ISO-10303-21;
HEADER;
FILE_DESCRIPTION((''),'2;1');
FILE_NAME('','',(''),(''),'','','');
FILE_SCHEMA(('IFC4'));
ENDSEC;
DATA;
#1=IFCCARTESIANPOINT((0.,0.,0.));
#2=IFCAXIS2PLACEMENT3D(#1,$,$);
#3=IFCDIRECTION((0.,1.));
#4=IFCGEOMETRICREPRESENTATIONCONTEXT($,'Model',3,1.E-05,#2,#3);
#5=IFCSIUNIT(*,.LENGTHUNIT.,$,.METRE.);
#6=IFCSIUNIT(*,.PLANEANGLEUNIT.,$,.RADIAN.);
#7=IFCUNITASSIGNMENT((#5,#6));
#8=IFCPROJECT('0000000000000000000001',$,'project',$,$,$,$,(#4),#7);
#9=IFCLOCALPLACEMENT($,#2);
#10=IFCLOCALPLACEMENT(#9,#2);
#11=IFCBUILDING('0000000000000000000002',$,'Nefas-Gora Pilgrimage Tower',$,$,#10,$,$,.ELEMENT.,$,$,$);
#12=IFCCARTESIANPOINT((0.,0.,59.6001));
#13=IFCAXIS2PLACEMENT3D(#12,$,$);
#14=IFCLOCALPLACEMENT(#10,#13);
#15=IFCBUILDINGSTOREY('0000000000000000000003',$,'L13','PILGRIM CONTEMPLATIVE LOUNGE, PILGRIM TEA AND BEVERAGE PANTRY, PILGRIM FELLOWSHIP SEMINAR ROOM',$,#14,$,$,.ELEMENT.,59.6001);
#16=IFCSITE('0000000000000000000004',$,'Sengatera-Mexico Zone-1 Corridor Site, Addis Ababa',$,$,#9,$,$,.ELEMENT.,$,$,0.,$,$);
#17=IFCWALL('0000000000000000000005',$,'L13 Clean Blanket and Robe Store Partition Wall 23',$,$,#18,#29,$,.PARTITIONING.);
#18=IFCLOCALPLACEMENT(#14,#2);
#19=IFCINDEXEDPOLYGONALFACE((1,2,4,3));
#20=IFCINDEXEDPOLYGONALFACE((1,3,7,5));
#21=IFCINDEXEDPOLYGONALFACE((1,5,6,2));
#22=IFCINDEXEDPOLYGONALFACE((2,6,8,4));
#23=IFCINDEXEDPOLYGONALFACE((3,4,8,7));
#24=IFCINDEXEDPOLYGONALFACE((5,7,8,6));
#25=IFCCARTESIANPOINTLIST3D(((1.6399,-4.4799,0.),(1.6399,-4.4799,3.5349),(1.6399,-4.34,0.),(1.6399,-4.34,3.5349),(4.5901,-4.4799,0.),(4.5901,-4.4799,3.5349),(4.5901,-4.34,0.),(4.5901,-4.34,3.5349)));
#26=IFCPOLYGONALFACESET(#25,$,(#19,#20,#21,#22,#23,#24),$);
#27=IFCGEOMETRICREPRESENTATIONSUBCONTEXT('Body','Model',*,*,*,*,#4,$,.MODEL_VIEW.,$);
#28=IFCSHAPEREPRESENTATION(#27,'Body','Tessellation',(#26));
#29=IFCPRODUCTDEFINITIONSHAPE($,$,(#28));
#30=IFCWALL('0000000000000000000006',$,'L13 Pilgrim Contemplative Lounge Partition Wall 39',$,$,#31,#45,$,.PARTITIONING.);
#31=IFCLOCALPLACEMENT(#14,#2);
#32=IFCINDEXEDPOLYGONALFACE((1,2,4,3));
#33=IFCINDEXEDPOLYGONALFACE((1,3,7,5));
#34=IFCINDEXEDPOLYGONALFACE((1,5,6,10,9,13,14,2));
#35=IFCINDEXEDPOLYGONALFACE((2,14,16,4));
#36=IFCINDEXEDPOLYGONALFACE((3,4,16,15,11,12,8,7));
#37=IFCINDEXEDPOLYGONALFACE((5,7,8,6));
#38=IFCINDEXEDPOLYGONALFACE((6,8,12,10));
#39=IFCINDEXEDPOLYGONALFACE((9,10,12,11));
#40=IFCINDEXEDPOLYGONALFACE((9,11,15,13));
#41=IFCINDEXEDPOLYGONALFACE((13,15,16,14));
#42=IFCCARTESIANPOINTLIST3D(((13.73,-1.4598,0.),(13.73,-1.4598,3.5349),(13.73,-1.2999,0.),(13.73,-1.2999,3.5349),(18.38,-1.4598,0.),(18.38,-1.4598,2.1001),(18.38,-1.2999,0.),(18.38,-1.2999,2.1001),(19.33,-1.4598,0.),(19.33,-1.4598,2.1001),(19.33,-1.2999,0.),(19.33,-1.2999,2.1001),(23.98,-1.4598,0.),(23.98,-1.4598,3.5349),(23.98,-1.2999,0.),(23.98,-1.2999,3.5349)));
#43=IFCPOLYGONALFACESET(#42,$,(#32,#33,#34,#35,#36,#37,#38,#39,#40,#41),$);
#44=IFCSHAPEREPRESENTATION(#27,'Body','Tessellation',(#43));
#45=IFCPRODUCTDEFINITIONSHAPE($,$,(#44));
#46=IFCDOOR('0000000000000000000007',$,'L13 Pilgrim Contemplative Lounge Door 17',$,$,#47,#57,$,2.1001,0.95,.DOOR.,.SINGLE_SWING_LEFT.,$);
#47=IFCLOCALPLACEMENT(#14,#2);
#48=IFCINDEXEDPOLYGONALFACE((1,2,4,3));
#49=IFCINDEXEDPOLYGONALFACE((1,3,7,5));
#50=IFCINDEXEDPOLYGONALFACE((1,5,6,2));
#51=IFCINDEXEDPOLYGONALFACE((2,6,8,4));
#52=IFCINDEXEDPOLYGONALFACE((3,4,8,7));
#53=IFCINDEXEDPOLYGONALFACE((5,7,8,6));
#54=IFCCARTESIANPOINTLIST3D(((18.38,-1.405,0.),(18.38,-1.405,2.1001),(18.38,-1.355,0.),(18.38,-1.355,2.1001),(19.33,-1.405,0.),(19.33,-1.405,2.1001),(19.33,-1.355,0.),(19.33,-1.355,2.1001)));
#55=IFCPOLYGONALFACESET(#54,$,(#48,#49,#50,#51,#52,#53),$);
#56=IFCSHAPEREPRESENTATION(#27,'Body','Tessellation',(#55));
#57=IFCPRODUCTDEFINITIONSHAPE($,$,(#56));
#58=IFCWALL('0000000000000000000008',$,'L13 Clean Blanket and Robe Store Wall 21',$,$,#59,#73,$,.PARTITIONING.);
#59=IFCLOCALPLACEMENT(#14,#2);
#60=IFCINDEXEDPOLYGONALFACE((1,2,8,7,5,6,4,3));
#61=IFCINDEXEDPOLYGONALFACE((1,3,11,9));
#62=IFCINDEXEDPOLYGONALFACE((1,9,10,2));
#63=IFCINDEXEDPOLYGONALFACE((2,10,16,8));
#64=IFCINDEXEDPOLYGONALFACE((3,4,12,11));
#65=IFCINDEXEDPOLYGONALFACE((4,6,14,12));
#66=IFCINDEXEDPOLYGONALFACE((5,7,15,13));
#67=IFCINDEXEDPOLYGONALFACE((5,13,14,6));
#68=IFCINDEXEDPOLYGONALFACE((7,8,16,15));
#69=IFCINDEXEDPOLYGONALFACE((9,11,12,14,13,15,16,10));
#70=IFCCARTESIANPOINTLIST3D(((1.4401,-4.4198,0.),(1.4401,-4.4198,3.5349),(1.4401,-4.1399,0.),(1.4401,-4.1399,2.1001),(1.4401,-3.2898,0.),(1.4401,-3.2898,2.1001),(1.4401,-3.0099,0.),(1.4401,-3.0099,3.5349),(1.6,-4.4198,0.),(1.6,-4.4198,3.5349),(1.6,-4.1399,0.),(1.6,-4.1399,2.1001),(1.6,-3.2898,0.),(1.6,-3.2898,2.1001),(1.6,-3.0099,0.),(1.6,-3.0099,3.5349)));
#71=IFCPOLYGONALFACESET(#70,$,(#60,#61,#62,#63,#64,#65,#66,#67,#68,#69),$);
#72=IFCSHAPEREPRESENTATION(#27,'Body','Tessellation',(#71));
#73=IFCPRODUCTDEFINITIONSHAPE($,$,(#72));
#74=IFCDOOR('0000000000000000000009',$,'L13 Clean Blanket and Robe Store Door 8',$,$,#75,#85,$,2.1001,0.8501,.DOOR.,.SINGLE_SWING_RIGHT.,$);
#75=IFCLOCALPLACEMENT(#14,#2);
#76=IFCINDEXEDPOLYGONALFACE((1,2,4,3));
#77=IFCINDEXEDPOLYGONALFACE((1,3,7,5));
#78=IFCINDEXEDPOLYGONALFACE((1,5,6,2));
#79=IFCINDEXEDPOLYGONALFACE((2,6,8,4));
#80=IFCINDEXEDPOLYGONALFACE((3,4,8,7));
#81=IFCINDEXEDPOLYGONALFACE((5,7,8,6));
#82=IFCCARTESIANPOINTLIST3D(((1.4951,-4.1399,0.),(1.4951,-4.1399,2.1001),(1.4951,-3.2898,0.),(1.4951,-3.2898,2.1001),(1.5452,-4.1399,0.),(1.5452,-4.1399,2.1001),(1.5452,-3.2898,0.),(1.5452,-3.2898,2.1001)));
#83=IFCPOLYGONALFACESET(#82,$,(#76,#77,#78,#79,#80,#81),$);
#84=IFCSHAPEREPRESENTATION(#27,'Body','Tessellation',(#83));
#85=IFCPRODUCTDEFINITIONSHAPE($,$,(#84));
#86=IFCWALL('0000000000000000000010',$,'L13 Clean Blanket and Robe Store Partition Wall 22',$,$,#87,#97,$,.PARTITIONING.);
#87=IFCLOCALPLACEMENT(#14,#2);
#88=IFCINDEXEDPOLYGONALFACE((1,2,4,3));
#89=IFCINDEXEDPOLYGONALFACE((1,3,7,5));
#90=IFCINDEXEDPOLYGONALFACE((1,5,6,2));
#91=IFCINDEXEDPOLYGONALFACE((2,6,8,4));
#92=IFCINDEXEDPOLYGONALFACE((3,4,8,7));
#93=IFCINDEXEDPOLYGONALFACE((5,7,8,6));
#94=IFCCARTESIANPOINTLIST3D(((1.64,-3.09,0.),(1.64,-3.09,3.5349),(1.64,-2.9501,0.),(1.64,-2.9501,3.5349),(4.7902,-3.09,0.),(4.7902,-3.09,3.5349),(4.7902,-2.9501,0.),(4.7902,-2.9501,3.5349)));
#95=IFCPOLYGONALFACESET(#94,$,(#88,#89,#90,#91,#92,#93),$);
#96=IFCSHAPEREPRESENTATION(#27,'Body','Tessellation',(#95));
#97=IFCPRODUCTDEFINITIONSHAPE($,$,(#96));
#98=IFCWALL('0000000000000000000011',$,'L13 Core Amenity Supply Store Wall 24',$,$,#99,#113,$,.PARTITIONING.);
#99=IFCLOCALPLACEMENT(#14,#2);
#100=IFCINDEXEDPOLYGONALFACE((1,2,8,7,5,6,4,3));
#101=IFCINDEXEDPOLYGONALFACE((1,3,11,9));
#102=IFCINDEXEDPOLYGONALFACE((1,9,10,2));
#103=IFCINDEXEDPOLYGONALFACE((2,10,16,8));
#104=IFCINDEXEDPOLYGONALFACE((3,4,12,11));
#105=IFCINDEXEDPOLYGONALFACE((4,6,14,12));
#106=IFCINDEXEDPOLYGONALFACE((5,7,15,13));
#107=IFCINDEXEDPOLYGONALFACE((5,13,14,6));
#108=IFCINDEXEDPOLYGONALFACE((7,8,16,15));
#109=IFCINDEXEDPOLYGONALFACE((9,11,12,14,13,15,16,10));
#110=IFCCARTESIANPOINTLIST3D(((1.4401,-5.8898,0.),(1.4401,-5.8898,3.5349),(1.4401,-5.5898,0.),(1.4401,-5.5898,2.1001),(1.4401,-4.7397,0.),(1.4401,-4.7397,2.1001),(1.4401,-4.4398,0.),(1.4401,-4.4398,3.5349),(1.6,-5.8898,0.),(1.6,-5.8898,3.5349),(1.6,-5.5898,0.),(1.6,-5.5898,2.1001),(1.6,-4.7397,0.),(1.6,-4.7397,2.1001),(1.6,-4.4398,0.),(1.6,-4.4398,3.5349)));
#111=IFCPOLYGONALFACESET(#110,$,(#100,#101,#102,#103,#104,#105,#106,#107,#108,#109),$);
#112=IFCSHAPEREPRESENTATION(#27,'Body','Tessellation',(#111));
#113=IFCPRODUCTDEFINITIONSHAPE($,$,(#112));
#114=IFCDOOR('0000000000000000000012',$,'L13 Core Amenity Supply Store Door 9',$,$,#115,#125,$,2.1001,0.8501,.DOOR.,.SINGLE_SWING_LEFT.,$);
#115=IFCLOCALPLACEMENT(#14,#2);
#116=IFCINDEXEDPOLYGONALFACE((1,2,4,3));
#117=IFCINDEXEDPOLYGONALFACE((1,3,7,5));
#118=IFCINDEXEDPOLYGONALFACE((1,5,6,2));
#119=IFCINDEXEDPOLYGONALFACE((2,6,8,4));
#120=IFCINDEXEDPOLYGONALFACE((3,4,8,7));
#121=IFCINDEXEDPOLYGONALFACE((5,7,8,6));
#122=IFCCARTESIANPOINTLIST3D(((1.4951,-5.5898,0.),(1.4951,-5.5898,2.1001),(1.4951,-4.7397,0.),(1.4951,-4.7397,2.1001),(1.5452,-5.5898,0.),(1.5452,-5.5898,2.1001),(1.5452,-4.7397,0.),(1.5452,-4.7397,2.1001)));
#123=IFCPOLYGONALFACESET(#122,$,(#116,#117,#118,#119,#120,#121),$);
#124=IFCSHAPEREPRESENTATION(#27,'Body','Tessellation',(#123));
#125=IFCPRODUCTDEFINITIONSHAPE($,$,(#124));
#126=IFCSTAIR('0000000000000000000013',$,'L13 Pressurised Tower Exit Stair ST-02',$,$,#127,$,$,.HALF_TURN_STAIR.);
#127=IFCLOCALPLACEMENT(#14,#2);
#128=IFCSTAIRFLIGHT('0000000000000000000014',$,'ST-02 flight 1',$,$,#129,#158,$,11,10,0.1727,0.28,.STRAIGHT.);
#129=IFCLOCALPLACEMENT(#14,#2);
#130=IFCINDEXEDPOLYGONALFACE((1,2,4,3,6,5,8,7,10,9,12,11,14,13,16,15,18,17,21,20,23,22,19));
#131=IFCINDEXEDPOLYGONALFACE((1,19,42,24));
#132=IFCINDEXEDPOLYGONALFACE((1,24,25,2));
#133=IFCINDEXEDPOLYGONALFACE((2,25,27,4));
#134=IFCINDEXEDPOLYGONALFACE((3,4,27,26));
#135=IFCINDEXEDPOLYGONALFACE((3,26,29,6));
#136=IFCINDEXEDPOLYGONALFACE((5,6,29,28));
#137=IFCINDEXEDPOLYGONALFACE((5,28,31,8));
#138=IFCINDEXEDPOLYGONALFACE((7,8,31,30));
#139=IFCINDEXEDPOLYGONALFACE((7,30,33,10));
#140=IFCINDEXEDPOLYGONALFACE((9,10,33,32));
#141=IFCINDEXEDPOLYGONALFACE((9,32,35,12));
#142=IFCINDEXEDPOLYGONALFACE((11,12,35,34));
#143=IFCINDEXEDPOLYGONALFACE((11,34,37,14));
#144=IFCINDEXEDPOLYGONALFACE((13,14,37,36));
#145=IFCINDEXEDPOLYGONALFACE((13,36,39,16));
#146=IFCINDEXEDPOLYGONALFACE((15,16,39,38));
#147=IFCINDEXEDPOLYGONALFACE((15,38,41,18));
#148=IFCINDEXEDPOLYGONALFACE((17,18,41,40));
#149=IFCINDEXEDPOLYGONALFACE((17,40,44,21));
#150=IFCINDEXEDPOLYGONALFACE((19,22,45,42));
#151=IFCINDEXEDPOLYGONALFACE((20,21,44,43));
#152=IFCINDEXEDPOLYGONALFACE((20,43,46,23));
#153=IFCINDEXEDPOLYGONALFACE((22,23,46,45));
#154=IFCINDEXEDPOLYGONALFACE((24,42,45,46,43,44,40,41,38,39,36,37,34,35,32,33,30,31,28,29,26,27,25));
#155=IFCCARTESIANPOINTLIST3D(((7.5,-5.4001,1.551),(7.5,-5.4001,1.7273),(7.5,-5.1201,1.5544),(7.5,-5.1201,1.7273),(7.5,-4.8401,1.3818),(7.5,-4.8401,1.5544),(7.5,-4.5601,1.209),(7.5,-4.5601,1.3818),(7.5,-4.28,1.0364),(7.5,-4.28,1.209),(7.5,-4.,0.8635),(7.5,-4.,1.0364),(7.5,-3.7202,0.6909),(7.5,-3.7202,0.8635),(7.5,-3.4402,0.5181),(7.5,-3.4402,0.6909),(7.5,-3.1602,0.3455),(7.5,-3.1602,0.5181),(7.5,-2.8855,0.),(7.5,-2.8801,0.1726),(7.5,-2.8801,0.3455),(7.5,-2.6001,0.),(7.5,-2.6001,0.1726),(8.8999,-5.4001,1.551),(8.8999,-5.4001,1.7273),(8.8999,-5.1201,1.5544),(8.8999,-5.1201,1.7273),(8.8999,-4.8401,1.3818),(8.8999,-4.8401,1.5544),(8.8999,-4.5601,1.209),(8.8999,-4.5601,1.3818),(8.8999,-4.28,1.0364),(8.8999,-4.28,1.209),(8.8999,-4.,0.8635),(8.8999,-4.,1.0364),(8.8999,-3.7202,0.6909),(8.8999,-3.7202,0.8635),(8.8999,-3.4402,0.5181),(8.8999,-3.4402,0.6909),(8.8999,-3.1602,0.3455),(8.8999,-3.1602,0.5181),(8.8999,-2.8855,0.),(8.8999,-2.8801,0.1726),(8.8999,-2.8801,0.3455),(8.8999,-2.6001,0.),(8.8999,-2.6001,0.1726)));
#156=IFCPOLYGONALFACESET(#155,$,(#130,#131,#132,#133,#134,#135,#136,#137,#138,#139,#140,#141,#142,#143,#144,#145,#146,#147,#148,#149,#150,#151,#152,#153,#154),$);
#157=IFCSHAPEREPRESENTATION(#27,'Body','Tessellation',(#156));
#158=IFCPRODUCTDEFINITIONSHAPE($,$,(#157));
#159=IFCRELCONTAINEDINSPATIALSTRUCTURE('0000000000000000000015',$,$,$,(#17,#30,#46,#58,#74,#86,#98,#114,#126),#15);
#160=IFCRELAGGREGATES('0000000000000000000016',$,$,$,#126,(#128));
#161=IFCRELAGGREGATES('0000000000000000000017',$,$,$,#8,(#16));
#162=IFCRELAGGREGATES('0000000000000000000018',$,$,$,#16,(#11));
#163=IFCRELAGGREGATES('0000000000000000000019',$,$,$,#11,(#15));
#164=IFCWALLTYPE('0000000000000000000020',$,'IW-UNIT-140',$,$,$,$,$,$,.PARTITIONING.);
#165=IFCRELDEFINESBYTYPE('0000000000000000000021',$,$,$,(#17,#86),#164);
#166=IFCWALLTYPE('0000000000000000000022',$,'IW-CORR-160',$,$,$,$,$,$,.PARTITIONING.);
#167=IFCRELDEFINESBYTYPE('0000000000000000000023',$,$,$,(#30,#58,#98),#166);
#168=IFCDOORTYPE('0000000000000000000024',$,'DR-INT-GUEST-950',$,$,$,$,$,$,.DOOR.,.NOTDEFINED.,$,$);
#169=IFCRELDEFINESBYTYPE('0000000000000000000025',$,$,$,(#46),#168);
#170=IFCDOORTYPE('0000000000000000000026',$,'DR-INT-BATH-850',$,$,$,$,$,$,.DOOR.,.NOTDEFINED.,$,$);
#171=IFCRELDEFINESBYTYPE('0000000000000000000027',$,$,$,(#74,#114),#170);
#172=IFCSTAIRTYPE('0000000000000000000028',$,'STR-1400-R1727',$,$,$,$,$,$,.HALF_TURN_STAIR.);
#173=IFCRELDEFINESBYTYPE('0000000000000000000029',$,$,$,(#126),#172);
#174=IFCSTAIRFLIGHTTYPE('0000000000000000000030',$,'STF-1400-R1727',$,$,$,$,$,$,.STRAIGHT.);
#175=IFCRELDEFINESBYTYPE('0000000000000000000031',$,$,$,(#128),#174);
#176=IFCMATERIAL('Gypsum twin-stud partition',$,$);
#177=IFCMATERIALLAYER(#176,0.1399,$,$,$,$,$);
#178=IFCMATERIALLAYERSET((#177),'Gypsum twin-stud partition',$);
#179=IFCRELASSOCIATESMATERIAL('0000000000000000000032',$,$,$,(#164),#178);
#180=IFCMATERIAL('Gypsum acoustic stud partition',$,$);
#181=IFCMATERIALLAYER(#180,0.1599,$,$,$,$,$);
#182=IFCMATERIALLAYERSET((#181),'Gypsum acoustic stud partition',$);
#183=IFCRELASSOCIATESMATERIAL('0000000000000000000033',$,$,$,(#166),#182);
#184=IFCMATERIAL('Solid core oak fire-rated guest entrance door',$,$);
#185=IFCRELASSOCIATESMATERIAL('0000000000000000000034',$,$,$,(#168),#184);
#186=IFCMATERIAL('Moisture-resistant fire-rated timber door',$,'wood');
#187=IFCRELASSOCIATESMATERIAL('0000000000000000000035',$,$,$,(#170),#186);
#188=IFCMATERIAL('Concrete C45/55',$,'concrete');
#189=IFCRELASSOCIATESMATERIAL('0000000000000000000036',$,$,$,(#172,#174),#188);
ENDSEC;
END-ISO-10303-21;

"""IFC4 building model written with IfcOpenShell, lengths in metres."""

from ifc_helpers import new_model, si_unit, direction, frame, frame_2d, origin, place, context, subcontext, project, spatial, polyline, rectangle, outline, extrude, source, transform, mapped, material, layer, layer_set, type_object, element, fill, aggregate, save


model = new_model("IFC4")

# Units and contexts
model_context = context("Model", 3, precision=1e-05, world=origin(), true_north=direction((0.0, 1.0)))
body_context = subcontext(model_context, "Body", "Model", "MODEL_VIEW")
ifc_project = project(units=[si_unit("LENGTHUNIT", "METRE"), si_unit("PLANEANGLEUNIT", "RADIAN")], contexts=[model_context])

# Site, building, storey
site_placement = place(None, origin())
site = spatial("IfcSite", under=ifc_project, at=site_placement, Name="Sengatera-Mexico Zone-1 Corridor Site, Addis Ababa", CompositionType="ELEMENT", RefElevation=0.0)
building_placement = place(site_placement, origin())
building = spatial("IfcBuilding", under=site, at=building_placement, Name="Nefas-Gora Pilgrimage Tower", CompositionType="ELEMENT")
storey_placement = place(building_placement, frame((0.0, 0.0, 59.6001)))
storey = spatial("IfcBuildingStorey", under=building, at=storey_placement, Name="L13", Description="PILGRIM CONTEMPLATIVE LOUNGE, PILGRIM TEA AND BEVERAGE PANTRY, PILGRIM FELLOWSHIP SEMINAR ROOM", CompositionType="ELEMENT", Elevation=59.6001)

# Shared definitions
ifc_material_1 = material(Name="Concrete C45/55", Category="concrete")

# Wall
ifc_material_2 = material(Name="Gypsum twin-stud partition")
ifc_layer_1 = layer(ifc_material_2, 0.1399)
ifc_layer_set_1 = layer_set([ifc_layer_1], Name="Gypsum twin-stud partition")
wall_type_1 = type_object("IfcWallType", Name="IW-UNIT-140", PredefinedType="PARTITIONING", material=ifc_layer_set_1)
ifc_material_3 = material(Name="Gypsum acoustic stud partition")
ifc_layer_2 = layer(ifc_material_3, 0.1599)
ifc_layer_set_2 = layer_set([ifc_layer_2], Name="Gypsum acoustic stud partition")
wall_type_2 = type_object("IfcWallType", Name="IW-CORR-160", PredefinedType="PARTITIONING", material=ifc_layer_set_2)
shared_shape_1 = source(origin(), body_context, "Body", "SweptSolid", [
    extrude(rectangle(XDim=2.9502, YDim=0.1399, at=frame_2d((1.4751, 0.0))), origin(), (0.0, 0.0, 1.0), 3.5349),
])
wall_1_placement = place(storey_placement, frame((1.6399, -4.4099, 0.0), z_axis=(0.0, 0.0, 1.0), x_axis=(1.0, 0.0, 0.0)))
element("IfcWall", 1, at=wall_1_placement, inside=storey, type_object=wall_type_1, Name="L13 Clean Blanket and Robe Store Partition Wall 23", PredefinedType="PARTITIONING", context=body_context, shape_type="MappedRepresentation", body=[
    mapped(shared_shape_1, transform((0.0, 0.0, 0.0), x_axis=(1.0, 0.0, 0.0), y_axis=(0.0, 1.0, 0.0), z_axis=(0.0, 0.0, 1.0), scale=1.0)),
])

# Walls, openings, doors
shared_shape_2 = source(origin(), body_context, "Body", "SweptSolid", [
    extrude(rectangle(XDim=10.25, YDim=0.1599, at=frame_2d((5.125, 0.0))), origin(), (0.0, 0.0, 1.0), 3.5349),
])
wall_2_placement = place(storey_placement, frame((13.73, -1.3799, 0.0), z_axis=(0.0, 0.0, 1.0), x_axis=(1.0, 0.0, 0.0)))
wall_2 = element("IfcWall", 2, at=wall_2_placement, inside=storey, type_object=wall_type_2, Name="L13 Pilgrim Contemplative Lounge Partition Wall 39", PredefinedType="PARTITIONING", context=body_context, shape_type="MappedRepresentation", body=[
    mapped(shared_shape_2, transform((0.0, 0.0, 0.0), x_axis=(1.0, 0.0, 0.0), y_axis=(0.0, 1.0, 0.0), z_axis=(0.0, 0.0, 1.0), scale=1.0)),
])
opening_1_placement = place(wall_2_placement, frame((4.6499, 0.0, 0.0)))
opening_1 = element("IfcOpeningElement", 3, at=opening_1_placement, cuts=wall_2, PredefinedType="OPENING", context=body_context, shape_type="SweptSolid", body=[
    extrude(rectangle(XDim=0.95, YDim=2.1001, at=frame_2d((0.4751, 1.05))), frame((0.0, 0.0898, 0.0), z_axis=(0.0, -1.0, 0.0), x_axis=(1.0, 0.0, 0.0)), (0.0, 0.0, 1.0), 0.1799),
])
ifc_material_4 = material(Name="Solid core oak fire-rated guest entrance door")
door_type_1 = type_object("IfcDoorType", Name="DR-INT-GUEST-950", OperationType="NOTDEFINED", PredefinedType="DOOR", material=ifc_material_4)
shared_shape_3 = source(origin(), body_context, "Body", "SweptSolid", [
    extrude(rectangle(XDim=0.95, YDim=2.1001, at=frame_2d((0.4751, 1.05))), frame((0.0, 0.0249, 0.0), z_axis=(0.0, -1.0, 0.0), x_axis=(1.0, 0.0, 0.0)), (0.0, 0.0, 1.0), 0.05),
])
door_1_placement = place(opening_1_placement, origin())
door_1 = element("IfcDoor", 4, at=door_1_placement, inside=storey, type_object=door_type_1, Name="L13 Pilgrim Contemplative Lounge Door 17", OperationType="SINGLE_SWING_LEFT", OverallHeight=2.1001, OverallWidth=0.95, PredefinedType="DOOR", context=body_context, shape_type="MappedRepresentation", body=[
    mapped(shared_shape_3, transform((0.0, 0.0, 0.0), x_axis=(1.0, 0.0, 0.0), y_axis=(0.0, 1.0, 0.0), z_axis=(0.0, 0.0, 1.0), scale=1.0)),
])
fill(opening_1, door_1)
shared_shape_4 = source(origin(), body_context, "Body", "SweptSolid", [
    extrude(rectangle(XDim=1.4099, YDim=0.1599, at=frame_2d((0.7051, 0.0))), origin(), (0.0, 0.0, 1.0), 3.5349),
])
wall_3_placement = place(storey_placement, frame((1.52, -4.4199, 0.0), z_axis=(0.0, 0.0, 1.0), x_axis=(0.0, 1.0, 0.0)))
wall_3 = element("IfcWall", 5, at=wall_3_placement, inside=storey, type_object=wall_type_2, Name="L13 Clean Blanket and Robe Store Wall 21", PredefinedType="PARTITIONING", context=body_context, shape_type="MappedRepresentation", body=[
    mapped(shared_shape_4, transform((0.0, 0.0, 0.0), x_axis=(1.0, 0.0, 0.0), y_axis=(0.0, 1.0, 0.0), z_axis=(0.0, 0.0, 1.0), scale=1.0)),
])
opening_2_placement = place(wall_3_placement, frame((0.28, 0.0, 0.0)))
opening_2 = element("IfcOpeningElement", 6, at=opening_2_placement, cuts=wall_3, PredefinedType="OPENING", context=body_context, shape_type="SweptSolid", body=[
    extrude(rectangle(XDim=0.8501, YDim=2.1001, at=frame_2d((0.425, 1.05))), frame((0.0, 0.0898, 0.0), z_axis=(0.0, -1.0, 0.0), x_axis=(1.0, 0.0, 0.0)), (0.0, 0.0, 1.0), 0.1799),
])
ifc_material_5 = material(Name="Moisture-resistant fire-rated timber door", Category="wood")
door_type_2 = type_object("IfcDoorType", Name="DR-INT-BATH-850", OperationType="NOTDEFINED", PredefinedType="DOOR", material=ifc_material_5)
shared_shape_5 = source(origin(), body_context, "Body", "SweptSolid", [
    extrude(rectangle(XDim=0.8501, YDim=2.1001, at=frame_2d((0.425, 1.05))), frame((0.0, 0.0249, 0.0), z_axis=(0.0, -1.0, 0.0), x_axis=(1.0, 0.0, 0.0)), (0.0, 0.0, 1.0), 0.05),
])
door_2_placement = place(opening_2_placement, origin())
door_2 = element("IfcDoor", 7, at=door_2_placement, inside=storey, type_object=door_type_2, Name="L13 Clean Blanket and Robe Store Door 8", OperationType="SINGLE_SWING_RIGHT", OverallHeight=2.1001, OverallWidth=0.8501, PredefinedType="DOOR", context=body_context, shape_type="MappedRepresentation", body=[
    mapped(shared_shape_5, transform((0.0, 0.0, 0.0), x_axis=(1.0, 0.0, 0.0), y_axis=(0.0, 1.0, 0.0), z_axis=(0.0, 0.0, 1.0), scale=1.0)),
])
fill(opening_2, door_2)

# Wall
shared_shape_6 = source(origin(), body_context, "Body", "SweptSolid", [
    extrude(rectangle(XDim=3.1501, YDim=0.1399, at=frame_2d((1.5752, 0.0))), origin(), (0.0, 0.0, 1.0), 3.5349),
])
wall_4_placement = place(storey_placement, frame((1.6399, -3.02, 0.0), z_axis=(0.0, 0.0, 1.0), x_axis=(1.0, 0.0, 0.0)))
element("IfcWall", 8, at=wall_4_placement, inside=storey, type_object=wall_type_1, Name="L13 Clean Blanket and Robe Store Partition Wall 22", PredefinedType="PARTITIONING", context=body_context, shape_type="MappedRepresentation", body=[
    mapped(shared_shape_6, transform((0.0, 0.0, 0.0), x_axis=(1.0, 0.0, 0.0), y_axis=(0.0, 1.0, 0.0), z_axis=(0.0, 0.0, 1.0), scale=1.0)),
])

# Wall, opening, door
shared_shape_7 = source(origin(), body_context, "Body", "SweptSolid", [
    extrude(rectangle(XDim=1.45, YDim=0.1599, at=frame_2d((0.7251, 0.0))), origin(), (0.0, 0.0, 1.0), 3.5349),
])
wall_5_placement = place(storey_placement, frame((1.52, -5.8899, 0.0), z_axis=(0.0, 0.0, 1.0), x_axis=(0.0, 1.0, 0.0)))
wall_5 = element("IfcWall", 9, at=wall_5_placement, inside=storey, type_object=wall_type_2, Name="L13 Core Amenity Supply Store Wall 24", PredefinedType="PARTITIONING", context=body_context, shape_type="MappedRepresentation", body=[
    mapped(shared_shape_7, transform((0.0, 0.0, 0.0), x_axis=(1.0, 0.0, 0.0), y_axis=(0.0, 1.0, 0.0), z_axis=(0.0, 0.0, 1.0), scale=1.0)),
])
opening_3_placement = place(wall_5_placement, frame((0.3, 0.0, 0.0)))
opening_3 = element("IfcOpeningElement", 10, at=opening_3_placement, cuts=wall_5, PredefinedType="OPENING", context=body_context, shape_type="SweptSolid", body=[
    extrude(rectangle(XDim=0.8501, YDim=2.1001, at=frame_2d((0.425, 1.05))), frame((0.0, 0.0898, 0.0), z_axis=(0.0, -1.0, 0.0), x_axis=(1.0, 0.0, 0.0)), (0.0, 0.0, 1.0), 0.1799),
])
door_3_placement = place(opening_3_placement, origin())
door_3 = element("IfcDoor", 11, at=door_3_placement, inside=storey, type_object=door_type_2, Name="L13 Core Amenity Supply Store Door 9", OperationType="SINGLE_SWING_LEFT", OverallHeight=2.1001, OverallWidth=0.8501, PredefinedType="DOOR", context=body_context, shape_type="MappedRepresentation", body=[
    mapped(shared_shape_5, transform((0.0, 0.0, 0.0), x_axis=(1.0, 0.0, 0.0), y_axis=(0.0, 1.0, 0.0), z_axis=(0.0, 0.0, 1.0), scale=1.0)),
])
fill(opening_3, door_3)

# Stair, stair flight
stair_type = type_object("IfcStairType", Name="STR-1400-R1727", PredefinedType="HALF_TURN_STAIR", material=ifc_material_1)
stair_placement = place(storey_placement, origin())
stair = element("IfcStair", 12, at=stair_placement, inside=storey, type_object=stair_type, Name="L13 Pressurised Tower Exit Stair ST-02", PredefinedType="HALF_TURN_STAIR")
stair_flight_type = type_object("IfcStairFlightType", Name="STF-1400-R1727", PredefinedType="STRAIGHT", material=ifc_material_1)
shared_shape_8 = source(origin(), body_context, "Body", "SweptSolid", [
    extrude(outline(polyline([(0.0, 0.0), (0.0, 0.1726), (0.28, 0.1726), (0.28, 0.3455), (0.5601, 0.3455), (0.5601, 0.5181), (0.8401, 0.5181), (0.8401, 0.6909), (1.1201, 0.6909), (1.1201, 0.8635), (1.3999, 0.8635), (1.3999, 1.0364), (1.6799, 1.0364), (1.6799, 1.209), (1.96, 1.209), (1.96, 1.3818), (2.24, 1.3818), (2.24, 1.5544), (2.52, 1.5544), (2.52, 1.7273), (2.8, 1.7273), (2.8, 1.8999), (2.8, 1.551), (0.2854, 0.0), (0.0, 0.0)])), frame((0.0, 0.7, 0.0), z_axis=(0.0, -1.0, 0.0), x_axis=(1.0, 0.0, 0.0)), (0.0, 0.0, 1.0), 1.3999),
])
stair_flight_1_placement = place(storey_placement, frame((8.2, -2.6001, 0.0), z_axis=(0.0, 0.0, 1.0), x_axis=(0.0, -1.0, 0.0)))
stair_flight_1 = element("IfcStairFlight", 13, at=stair_flight_1_placement, type_object=stair_flight_type, Name="ST-02 flight 1", NumberOfRisers=11, NumberOfTreads=10, PredefinedType="STRAIGHT", RiserHeight=0.1727, TreadLength=0.28, context=body_context, shape_type="MappedRepresentation", body=[
    mapped(shared_shape_8, transform((0.0, 0.0, 0.0), x_axis=(1.0, 0.0, 0.0), y_axis=(0.0, 1.0, 0.0), z_axis=(0.0, 0.0, 1.0), scale=1.0)),
])
aggregate(stair, [stair_flight_1])

save(model, "model.ifc")
